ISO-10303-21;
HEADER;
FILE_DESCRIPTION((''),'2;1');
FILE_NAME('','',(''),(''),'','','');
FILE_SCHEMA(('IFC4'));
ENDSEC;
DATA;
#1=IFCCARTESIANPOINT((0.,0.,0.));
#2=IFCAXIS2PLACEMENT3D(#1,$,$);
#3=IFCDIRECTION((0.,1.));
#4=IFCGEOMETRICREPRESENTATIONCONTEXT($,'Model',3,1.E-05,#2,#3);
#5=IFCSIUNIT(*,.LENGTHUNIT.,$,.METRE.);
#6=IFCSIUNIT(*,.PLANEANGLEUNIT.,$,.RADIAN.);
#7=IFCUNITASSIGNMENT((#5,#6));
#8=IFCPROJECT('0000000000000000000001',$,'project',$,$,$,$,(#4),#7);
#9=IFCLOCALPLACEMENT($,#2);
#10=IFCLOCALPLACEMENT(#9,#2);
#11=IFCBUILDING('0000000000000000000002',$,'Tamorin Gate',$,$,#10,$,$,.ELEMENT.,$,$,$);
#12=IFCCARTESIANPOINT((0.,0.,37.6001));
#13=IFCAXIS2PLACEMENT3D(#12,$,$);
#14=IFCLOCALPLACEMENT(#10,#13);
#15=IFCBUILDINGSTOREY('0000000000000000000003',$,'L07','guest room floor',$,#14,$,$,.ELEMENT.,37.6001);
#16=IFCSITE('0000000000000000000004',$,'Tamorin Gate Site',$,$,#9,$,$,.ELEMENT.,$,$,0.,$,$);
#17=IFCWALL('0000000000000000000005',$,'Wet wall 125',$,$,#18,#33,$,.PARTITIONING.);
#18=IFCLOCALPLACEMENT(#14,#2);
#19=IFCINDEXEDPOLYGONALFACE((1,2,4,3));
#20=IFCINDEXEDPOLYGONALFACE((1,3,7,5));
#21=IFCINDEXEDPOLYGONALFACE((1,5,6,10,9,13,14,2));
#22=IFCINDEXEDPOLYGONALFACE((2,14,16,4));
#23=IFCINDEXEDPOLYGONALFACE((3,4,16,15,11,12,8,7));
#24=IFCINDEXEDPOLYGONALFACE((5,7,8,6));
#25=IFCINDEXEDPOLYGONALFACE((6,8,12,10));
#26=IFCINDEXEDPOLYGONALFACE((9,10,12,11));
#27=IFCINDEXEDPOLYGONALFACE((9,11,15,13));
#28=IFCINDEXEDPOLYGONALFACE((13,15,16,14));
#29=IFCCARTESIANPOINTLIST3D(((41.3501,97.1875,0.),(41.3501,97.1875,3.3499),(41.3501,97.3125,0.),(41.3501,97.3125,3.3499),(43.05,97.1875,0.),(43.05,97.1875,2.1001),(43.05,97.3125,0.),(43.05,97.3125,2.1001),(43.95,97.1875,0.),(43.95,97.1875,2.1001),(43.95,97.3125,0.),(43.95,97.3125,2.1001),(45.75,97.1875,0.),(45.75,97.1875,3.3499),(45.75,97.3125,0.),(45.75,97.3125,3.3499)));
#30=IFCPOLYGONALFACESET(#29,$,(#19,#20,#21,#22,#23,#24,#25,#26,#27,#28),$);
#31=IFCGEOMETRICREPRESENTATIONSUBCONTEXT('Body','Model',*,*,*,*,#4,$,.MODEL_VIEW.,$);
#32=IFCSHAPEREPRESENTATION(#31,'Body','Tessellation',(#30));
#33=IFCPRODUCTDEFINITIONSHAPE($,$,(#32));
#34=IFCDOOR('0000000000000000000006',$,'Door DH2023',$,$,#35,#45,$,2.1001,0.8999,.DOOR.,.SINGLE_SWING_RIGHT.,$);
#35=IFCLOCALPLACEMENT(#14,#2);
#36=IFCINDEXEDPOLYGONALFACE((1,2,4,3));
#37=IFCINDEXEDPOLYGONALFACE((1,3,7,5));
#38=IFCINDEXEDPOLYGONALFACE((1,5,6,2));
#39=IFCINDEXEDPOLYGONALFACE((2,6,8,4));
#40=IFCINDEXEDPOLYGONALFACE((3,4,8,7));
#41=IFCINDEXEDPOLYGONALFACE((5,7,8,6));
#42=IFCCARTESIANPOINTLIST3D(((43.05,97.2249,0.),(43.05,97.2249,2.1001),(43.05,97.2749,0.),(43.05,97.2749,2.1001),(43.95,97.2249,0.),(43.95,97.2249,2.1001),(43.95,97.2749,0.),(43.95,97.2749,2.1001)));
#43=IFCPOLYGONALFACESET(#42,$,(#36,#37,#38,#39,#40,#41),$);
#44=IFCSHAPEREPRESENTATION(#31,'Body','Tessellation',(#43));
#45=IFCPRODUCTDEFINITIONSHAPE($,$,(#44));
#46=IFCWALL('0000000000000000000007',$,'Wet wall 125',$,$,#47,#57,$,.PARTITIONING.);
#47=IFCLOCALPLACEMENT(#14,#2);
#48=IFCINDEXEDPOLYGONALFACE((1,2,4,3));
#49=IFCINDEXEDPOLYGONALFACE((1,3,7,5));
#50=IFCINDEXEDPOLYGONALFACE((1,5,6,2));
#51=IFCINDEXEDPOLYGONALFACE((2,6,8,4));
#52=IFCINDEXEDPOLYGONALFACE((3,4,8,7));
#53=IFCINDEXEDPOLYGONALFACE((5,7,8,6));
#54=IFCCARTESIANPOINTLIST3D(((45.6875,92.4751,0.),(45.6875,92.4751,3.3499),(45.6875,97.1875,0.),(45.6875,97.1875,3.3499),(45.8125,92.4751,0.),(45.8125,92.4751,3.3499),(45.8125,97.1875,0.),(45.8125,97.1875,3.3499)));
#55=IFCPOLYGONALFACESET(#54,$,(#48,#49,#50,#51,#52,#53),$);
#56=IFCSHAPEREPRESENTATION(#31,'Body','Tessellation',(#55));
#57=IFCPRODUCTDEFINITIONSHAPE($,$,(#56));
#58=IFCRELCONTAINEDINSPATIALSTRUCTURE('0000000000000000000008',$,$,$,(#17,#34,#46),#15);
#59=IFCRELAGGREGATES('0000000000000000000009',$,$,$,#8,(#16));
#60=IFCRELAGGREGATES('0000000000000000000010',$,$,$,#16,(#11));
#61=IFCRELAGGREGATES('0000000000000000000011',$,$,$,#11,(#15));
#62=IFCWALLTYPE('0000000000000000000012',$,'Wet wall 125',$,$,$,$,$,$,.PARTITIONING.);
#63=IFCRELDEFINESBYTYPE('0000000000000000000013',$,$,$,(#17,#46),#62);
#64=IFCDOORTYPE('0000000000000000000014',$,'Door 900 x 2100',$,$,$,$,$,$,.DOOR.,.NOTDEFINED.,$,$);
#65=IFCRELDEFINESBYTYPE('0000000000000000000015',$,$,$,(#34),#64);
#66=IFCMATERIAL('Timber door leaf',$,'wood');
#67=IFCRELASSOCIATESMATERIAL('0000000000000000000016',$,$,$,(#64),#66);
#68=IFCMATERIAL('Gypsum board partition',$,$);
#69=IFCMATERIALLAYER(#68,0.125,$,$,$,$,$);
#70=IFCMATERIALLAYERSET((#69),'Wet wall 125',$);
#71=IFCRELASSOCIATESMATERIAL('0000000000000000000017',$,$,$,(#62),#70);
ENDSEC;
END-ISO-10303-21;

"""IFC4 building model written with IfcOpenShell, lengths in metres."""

from ifc_helpers import new_model, si_unit, direction, frame, frame_2d, origin, place, context, subcontext, project, spatial, rectangle, extrude, material, layer, layer_set, type_object, element, fill, save


model = new_model("IFC4")

# Units and contexts
model_context = context("Model", 3, precision=1e-05, world=origin(), true_north=direction((0.0, 1.0)))
body_context = subcontext(model_context, "Body", "Model", "MODEL_VIEW")
ifc_project = project(units=[si_unit("LENGTHUNIT", "METRE"), si_unit("PLANEANGLEUNIT", "RADIAN")], contexts=[model_context])

# Site, building, storey
site_placement = place(None, origin())
site = spatial("IfcSite", under=ifc_project, at=site_placement, Name="Tamorin Gate Site", CompositionType="ELEMENT", RefElevation=0.0)
building_placement = place(site_placement, origin())
building = spatial("IfcBuilding", under=site, at=building_placement, Name="Tamorin Gate", CompositionType="ELEMENT")
storey_placement = place(building_placement, frame((0.0, 0.0, 37.6001)))
storey = spatial("IfcBuildingStorey", under=building, at=storey_placement, Name="L07", Description="guest room floor", CompositionType="ELEMENT", Elevation=37.6001)

# Shared definitions
ifc_material_1 = material(Name="Gypsum board partition")

# Shared definitions
ifc_material_2 = material(Name="Timber door leaf", Category="wood")
door_type = type_object("IfcDoorType", Name="Door 900 x 2100", OperationType="NOTDEFINED", PredefinedType="DOOR", material=ifc_material_2)

# Wall, opening, door
ifc_layer_1 = layer(ifc_material_1, 0.125)
ifc_layer_set_1 = layer_set([ifc_layer_1], Name="Wet wall 125")
wall_type_1 = type_object("IfcWallType", Name="Wet wall 125", PredefinedType="PARTITIONING", material=ifc_layer_set_1)
wall_1_placement = place(storey_placement, frame((41.3501, 97.25, 0.0), z_axis=(0.0, 0.0, 1.0), x_axis=(1.0, 0.0, 0.0)))
wall_1 = element("IfcWall", 1, at=wall_1_placement, inside=storey, type_object=wall_type_1, Name="Wet wall 125", PredefinedType="PARTITIONING", context=body_context, shape_type="SweptSolid", body=[
    extrude(rectangle(XDim=4.3999, YDim=0.125, at=frame_2d((2.2, 0.0))), origin(), (0.0, 0.0, 1.0), 3.3499),
])
opening_1_placement = place(wall_1_placement, frame((1.7, 0.0, 0.0)))
opening_1 = element("IfcOpeningElement", 2, at=opening_1_placement, cuts=wall_1, PredefinedType="OPENING", context=body_context, shape_type="SweptSolid", body=[
    extrude(rectangle(XDim=0.8999, YDim=2.1001, at=frame_2d((0.45, 1.05))), frame((0.0, 0.0725, 0.0), z_axis=(0.0, -1.0, 0.0), x_axis=(1.0, 0.0, 0.0)), (0.0, 0.0, 1.0), 0.145),
])
door_1_placement = place(opening_1_placement, origin())
door_1 = element("IfcDoor", 3, at=door_1_placement, inside=storey, type_object=door_type, Name="Door DH2023", OperationType="SINGLE_SWING_RIGHT", OverallHeight=2.1001, OverallWidth=0.8999, PredefinedType="DOOR", context=body_context, shape_type="SweptSolid", body=[
    extrude(rectangle(XDim=0.8999, YDim=2.1001, at=frame_2d((0.45, 1.05))), frame((0.0, 0.0249, 0.0), z_axis=(0.0, -1.0, 0.0), x_axis=(1.0, 0.0, 0.0)), (0.0, 0.0, 1.0), 0.05),
])
fill(opening_1, door_1)

# Wall
wall_2_placement = place(storey_placement, frame((45.75, 92.4751, 0.0), z_axis=(0.0, 0.0, 1.0), x_axis=(0.0, 1.0, 0.0)))
element("IfcWall", 4, at=wall_2_placement, inside=storey, type_object=wall_type_1, Name="Wet wall 125", PredefinedType="PARTITIONING", context=body_context, shape_type="SweptSolid", body=[
    extrude(rectangle(XDim=4.7124, YDim=0.125, at=frame_2d((2.3562, 0.0))), origin(), (0.0, 0.0, 1.0), 3.3499),
])

save(model, "model.ifc")
